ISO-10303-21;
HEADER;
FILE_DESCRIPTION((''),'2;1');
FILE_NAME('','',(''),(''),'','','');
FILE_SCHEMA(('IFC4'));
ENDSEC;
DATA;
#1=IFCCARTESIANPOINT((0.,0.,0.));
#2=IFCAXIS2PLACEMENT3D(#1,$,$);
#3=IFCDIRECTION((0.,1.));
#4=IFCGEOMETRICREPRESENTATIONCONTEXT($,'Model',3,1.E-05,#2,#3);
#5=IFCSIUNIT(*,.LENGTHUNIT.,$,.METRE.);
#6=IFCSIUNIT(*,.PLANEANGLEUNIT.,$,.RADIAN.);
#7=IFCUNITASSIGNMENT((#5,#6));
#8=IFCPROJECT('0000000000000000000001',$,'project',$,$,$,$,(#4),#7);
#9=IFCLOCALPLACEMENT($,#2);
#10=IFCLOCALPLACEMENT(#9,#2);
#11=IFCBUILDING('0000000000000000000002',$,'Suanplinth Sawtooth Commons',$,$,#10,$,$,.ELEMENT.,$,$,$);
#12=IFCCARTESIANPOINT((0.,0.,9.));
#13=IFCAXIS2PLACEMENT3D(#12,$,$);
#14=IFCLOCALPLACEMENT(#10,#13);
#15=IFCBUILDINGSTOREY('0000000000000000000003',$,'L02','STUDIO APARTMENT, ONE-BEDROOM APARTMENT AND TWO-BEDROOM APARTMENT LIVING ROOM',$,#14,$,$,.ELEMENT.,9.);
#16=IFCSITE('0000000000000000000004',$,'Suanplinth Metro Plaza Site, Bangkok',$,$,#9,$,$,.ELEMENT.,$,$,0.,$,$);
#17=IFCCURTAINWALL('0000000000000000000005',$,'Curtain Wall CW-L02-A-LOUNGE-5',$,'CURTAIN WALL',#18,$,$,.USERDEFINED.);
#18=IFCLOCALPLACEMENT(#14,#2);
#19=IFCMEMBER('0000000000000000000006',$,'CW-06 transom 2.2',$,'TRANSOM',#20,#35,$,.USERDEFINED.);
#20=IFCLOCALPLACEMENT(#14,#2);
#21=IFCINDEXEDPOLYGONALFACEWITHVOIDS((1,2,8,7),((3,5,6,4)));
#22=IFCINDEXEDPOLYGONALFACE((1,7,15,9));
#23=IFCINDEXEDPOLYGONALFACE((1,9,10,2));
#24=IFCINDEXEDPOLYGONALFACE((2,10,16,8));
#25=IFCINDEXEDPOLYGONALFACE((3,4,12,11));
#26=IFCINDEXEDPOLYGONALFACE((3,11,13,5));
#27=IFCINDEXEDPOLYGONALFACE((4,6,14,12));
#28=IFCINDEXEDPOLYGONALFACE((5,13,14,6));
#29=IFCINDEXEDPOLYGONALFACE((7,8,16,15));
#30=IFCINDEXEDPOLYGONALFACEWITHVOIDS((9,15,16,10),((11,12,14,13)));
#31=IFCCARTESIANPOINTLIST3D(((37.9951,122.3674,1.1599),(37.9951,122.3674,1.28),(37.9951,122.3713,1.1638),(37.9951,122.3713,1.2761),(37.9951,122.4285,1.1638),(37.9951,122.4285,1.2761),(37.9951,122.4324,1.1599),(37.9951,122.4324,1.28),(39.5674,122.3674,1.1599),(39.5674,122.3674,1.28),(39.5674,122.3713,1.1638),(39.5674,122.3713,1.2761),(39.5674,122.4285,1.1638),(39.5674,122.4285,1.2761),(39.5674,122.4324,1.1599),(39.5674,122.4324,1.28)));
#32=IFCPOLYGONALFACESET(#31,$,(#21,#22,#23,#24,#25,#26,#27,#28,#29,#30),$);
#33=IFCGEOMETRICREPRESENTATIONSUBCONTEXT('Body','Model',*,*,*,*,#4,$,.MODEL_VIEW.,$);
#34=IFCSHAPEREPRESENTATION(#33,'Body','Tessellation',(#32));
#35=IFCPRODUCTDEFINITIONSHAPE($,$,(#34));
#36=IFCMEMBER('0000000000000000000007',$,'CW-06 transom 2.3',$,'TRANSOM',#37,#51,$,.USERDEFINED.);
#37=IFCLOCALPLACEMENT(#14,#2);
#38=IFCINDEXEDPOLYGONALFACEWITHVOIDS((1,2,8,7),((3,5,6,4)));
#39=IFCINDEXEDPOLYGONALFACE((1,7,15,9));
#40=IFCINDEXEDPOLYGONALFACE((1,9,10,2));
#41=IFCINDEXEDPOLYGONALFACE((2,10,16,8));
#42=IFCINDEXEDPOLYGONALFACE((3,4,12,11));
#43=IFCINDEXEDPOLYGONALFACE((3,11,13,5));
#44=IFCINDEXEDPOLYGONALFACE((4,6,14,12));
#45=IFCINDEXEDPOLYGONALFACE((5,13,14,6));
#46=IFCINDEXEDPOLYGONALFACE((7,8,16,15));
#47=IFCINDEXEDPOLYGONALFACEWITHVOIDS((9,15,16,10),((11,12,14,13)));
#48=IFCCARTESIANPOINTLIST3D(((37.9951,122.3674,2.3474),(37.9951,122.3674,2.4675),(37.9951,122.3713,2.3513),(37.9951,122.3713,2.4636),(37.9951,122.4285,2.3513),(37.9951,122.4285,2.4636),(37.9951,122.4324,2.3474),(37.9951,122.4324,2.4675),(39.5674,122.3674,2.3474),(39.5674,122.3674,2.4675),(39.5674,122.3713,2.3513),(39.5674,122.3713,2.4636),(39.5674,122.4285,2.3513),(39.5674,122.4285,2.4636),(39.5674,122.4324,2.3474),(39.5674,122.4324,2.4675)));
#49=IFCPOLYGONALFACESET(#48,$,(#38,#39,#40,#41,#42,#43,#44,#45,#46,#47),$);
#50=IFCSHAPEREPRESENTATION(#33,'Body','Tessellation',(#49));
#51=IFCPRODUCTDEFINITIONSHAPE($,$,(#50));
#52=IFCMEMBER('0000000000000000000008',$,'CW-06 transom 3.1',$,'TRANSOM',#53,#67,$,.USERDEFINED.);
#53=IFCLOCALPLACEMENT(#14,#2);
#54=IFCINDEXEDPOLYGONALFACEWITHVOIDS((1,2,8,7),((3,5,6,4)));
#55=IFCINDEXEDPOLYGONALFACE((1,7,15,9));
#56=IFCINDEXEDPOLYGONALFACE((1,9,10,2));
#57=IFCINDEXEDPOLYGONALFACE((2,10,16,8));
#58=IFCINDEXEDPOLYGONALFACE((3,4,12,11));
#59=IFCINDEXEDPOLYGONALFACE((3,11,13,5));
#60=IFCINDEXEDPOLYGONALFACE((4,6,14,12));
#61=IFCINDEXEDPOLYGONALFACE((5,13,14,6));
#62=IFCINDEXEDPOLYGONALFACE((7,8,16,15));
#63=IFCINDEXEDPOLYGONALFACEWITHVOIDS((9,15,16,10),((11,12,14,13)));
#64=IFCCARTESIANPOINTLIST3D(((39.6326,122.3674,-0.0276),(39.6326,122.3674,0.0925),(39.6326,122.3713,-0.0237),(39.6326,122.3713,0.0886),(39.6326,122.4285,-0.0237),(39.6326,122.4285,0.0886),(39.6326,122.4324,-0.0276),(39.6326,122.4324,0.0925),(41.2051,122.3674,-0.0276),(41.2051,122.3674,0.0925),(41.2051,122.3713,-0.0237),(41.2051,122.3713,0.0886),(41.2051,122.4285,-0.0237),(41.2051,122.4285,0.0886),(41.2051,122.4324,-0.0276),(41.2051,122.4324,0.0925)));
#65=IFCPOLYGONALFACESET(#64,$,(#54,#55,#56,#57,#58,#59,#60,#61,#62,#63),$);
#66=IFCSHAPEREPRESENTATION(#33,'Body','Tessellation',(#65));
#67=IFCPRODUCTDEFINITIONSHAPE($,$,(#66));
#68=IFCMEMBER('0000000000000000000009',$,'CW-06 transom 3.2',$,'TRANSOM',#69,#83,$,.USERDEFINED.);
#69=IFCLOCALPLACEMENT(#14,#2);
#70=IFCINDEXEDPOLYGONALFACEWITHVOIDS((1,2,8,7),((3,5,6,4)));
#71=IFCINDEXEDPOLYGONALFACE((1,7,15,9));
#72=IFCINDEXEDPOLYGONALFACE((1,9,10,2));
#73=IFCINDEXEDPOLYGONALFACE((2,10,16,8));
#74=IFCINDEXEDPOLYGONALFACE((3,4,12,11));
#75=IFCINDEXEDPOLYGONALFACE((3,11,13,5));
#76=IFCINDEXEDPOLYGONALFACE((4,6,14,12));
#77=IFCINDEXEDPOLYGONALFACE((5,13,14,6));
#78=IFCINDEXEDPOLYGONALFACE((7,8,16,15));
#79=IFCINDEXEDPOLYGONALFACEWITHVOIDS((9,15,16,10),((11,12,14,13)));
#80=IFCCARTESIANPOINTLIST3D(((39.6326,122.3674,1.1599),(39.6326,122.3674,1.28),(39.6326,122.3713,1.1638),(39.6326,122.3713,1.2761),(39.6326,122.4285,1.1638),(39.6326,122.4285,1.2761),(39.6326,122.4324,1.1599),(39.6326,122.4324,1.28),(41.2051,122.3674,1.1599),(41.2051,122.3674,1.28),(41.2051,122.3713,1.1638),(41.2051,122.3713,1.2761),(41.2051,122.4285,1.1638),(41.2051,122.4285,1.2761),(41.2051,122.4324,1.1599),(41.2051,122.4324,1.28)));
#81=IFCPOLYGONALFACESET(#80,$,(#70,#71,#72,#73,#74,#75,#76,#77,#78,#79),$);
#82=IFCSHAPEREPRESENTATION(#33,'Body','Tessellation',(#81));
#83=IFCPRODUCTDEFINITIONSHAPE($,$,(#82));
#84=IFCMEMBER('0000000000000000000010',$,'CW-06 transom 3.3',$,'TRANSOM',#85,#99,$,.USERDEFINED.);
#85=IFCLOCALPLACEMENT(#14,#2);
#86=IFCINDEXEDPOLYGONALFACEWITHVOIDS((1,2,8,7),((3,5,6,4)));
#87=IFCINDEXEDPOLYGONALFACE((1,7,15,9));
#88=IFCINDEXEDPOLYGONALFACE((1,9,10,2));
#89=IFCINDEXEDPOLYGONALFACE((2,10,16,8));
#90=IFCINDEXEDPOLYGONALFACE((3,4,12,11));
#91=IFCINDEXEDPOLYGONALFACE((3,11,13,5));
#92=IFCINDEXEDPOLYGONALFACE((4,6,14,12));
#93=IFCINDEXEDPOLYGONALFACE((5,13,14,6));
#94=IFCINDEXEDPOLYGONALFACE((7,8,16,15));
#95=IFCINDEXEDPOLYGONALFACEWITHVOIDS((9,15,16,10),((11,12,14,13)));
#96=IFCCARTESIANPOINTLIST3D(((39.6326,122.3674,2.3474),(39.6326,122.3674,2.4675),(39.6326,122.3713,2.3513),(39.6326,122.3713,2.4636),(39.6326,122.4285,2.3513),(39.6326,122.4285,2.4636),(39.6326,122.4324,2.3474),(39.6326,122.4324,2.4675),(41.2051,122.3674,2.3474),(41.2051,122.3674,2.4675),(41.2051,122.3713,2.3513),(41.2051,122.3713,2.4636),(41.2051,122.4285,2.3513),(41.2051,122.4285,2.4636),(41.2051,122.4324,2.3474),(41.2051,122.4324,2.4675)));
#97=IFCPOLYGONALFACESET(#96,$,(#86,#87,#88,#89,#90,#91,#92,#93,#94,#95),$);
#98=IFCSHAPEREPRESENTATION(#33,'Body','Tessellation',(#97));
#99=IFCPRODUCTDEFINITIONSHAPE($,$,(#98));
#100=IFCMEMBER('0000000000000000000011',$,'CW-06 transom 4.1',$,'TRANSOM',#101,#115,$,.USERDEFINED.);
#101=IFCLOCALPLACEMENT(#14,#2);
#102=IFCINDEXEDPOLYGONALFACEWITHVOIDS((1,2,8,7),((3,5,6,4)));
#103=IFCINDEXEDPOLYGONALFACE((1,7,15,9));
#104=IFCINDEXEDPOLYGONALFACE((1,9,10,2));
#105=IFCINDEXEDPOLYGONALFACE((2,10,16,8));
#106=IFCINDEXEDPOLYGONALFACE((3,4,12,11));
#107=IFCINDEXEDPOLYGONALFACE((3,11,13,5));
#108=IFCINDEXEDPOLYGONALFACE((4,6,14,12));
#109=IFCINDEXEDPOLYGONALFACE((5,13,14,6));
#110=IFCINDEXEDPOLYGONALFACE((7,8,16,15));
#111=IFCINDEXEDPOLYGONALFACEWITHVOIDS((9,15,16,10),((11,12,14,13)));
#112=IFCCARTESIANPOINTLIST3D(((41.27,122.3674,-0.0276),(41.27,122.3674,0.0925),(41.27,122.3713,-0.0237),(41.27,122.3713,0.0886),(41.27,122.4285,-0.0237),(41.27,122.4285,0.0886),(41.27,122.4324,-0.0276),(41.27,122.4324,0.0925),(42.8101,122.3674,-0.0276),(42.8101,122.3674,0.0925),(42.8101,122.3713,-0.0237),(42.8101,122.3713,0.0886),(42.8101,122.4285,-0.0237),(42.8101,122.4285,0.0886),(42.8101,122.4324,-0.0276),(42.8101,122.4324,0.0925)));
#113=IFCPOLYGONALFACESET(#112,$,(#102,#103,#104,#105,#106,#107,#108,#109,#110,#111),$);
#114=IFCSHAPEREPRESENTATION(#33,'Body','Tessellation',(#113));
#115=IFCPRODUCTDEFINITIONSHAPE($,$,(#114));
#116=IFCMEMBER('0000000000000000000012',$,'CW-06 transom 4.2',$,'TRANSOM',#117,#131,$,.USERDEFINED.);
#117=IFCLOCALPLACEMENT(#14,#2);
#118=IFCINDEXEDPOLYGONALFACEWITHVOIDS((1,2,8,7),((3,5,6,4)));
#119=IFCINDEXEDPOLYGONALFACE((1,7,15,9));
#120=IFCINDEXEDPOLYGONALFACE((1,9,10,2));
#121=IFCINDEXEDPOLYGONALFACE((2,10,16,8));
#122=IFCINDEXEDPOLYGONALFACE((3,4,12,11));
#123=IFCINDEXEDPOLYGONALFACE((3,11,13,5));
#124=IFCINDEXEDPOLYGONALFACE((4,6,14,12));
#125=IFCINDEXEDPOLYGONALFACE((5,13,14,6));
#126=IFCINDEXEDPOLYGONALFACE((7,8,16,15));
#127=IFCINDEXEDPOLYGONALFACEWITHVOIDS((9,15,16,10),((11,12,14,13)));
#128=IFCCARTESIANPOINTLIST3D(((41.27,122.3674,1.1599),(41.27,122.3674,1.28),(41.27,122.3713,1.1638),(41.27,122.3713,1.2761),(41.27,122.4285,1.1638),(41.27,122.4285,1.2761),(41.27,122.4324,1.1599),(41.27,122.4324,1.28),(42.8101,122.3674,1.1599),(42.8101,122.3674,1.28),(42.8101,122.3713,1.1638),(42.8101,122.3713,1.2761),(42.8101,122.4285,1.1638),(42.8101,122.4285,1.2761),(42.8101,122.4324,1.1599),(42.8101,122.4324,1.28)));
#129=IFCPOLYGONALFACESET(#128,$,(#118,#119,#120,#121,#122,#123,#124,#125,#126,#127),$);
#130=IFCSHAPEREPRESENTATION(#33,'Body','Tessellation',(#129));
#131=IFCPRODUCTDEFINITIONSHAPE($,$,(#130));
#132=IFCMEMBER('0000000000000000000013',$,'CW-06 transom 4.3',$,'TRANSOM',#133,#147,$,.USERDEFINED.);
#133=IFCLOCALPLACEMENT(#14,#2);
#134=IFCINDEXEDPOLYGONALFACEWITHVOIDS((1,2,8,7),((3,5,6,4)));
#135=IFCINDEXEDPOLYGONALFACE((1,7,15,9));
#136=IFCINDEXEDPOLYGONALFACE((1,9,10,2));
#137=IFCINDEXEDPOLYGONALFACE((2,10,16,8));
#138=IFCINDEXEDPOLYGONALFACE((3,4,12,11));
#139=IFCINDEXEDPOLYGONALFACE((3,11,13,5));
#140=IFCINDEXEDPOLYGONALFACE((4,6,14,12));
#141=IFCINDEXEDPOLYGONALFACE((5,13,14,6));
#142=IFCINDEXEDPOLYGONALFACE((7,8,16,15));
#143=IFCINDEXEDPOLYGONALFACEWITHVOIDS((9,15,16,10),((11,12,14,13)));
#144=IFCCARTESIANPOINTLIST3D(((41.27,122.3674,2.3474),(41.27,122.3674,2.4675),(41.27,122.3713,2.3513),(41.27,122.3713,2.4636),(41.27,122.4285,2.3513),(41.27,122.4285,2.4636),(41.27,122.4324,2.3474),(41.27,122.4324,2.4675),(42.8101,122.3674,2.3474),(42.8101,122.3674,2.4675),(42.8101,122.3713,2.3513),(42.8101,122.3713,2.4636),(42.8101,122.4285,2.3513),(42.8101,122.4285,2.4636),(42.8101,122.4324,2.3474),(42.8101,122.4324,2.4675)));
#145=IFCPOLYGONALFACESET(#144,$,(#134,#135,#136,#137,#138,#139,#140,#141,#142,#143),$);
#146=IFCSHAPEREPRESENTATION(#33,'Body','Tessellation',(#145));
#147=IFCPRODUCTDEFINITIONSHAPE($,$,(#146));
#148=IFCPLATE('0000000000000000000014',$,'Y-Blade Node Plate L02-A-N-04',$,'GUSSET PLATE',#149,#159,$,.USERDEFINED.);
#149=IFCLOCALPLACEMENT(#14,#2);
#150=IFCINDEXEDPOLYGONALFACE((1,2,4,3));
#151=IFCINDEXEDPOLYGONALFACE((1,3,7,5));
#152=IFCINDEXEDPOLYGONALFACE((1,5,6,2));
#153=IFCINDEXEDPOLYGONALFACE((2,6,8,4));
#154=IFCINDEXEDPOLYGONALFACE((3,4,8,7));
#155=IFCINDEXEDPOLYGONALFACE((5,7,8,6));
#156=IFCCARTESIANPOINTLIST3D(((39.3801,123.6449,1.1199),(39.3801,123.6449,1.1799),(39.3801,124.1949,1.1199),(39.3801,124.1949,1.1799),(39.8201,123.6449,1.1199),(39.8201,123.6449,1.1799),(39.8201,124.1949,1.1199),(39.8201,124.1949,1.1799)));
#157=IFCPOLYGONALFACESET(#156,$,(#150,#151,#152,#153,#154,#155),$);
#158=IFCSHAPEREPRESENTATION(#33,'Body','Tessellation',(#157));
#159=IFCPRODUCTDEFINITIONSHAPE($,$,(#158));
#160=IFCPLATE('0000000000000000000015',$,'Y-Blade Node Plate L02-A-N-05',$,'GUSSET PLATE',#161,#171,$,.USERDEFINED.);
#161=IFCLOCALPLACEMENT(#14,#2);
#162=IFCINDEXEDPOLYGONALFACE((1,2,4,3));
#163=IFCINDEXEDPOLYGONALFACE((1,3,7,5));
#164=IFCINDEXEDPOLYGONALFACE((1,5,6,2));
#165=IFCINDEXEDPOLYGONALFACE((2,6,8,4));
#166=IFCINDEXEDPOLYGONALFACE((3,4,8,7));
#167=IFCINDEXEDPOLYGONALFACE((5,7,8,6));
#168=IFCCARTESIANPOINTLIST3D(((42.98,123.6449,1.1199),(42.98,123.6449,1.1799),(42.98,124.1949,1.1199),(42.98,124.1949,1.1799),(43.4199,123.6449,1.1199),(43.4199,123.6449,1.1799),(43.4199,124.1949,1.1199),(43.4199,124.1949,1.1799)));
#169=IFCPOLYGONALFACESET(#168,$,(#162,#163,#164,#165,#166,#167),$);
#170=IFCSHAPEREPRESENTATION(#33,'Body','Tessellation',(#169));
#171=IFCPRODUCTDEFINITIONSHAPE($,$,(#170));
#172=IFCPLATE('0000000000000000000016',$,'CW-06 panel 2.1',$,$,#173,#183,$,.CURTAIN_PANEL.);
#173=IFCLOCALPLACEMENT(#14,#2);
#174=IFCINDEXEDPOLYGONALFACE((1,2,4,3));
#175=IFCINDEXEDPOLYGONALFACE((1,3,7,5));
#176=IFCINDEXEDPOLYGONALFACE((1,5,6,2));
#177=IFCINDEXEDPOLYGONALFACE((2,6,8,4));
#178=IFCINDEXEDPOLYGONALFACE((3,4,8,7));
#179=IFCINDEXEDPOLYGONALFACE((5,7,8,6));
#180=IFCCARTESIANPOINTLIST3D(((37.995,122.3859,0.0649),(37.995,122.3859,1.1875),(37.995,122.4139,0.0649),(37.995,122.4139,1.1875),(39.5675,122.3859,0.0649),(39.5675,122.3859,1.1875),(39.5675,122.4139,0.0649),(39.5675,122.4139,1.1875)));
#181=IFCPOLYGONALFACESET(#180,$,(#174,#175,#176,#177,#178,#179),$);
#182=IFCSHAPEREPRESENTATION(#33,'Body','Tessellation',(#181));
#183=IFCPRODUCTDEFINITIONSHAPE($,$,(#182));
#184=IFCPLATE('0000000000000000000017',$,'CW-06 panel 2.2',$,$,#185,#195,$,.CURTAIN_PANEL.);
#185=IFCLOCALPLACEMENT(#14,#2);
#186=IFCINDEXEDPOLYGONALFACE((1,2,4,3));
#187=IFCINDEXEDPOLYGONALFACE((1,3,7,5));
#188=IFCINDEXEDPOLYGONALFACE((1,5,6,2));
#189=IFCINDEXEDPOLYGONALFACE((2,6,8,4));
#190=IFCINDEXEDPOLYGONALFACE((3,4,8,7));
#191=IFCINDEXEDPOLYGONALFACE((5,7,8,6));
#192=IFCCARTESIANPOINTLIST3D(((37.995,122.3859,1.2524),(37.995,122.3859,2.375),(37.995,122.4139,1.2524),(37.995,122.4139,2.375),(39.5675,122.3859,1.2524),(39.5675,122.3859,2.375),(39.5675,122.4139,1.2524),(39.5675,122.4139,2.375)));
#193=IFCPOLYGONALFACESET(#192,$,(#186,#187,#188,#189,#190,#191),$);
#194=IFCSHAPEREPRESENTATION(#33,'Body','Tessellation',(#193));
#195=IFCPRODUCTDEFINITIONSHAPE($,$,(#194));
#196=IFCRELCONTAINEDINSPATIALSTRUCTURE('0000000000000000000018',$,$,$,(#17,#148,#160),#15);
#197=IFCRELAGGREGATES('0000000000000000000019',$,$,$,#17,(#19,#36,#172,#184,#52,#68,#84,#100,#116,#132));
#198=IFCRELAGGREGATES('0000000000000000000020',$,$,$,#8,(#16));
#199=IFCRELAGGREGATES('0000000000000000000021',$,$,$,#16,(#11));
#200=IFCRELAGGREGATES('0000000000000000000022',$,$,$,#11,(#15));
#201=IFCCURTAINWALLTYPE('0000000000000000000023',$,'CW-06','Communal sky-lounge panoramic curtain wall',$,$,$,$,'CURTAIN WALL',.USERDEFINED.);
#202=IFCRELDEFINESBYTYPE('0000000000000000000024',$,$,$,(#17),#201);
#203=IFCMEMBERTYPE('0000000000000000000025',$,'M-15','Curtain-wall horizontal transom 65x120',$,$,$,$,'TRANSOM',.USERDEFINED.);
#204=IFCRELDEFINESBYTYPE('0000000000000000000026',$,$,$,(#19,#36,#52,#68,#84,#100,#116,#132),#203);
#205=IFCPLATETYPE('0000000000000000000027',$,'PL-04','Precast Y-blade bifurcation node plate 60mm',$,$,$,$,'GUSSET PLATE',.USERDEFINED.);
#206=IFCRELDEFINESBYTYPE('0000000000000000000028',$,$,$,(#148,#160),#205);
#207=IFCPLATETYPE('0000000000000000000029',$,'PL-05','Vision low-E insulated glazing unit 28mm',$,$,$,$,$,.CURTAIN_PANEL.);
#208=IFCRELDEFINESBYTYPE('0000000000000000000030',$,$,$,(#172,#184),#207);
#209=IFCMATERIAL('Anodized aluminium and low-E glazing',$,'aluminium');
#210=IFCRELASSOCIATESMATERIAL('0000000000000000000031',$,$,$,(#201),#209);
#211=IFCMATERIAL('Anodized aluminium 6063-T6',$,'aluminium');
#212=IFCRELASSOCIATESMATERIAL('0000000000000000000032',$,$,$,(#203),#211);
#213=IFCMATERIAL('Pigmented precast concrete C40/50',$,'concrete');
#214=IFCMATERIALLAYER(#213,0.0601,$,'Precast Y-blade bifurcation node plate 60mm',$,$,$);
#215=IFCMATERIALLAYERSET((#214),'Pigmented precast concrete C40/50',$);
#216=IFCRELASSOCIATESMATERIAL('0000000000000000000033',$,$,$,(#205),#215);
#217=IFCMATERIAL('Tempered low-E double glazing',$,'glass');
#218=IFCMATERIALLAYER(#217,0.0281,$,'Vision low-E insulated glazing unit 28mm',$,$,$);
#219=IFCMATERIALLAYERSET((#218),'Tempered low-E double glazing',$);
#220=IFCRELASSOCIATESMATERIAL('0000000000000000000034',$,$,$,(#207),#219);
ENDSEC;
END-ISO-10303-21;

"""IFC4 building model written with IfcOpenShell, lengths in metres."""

from ifc_helpers import new_model, si_unit, direction, frame, origin, origin_2d, place, context, subcontext, project, spatial, rectangle, hollow_rectangle, extrude, material, layer, layer_set, material_profile, profile_set, type_object, element, aggregate, save


model = new_model("IFC4")

# Units and contexts
model_context = context("Model", 3, precision=1e-05, world=origin(), true_north=direction((0.0, 1.0)))
body_context = subcontext(model_context, "Body", "Model", "MODEL_VIEW")
ifc_project = project(units=[si_unit("LENGTHUNIT", "METRE"), si_unit("PLANEANGLEUNIT", "RADIAN")], contexts=[model_context])

# Site, building, storey
site_placement = place(None, origin())
site = spatial("IfcSite", under=ifc_project, at=site_placement, Name="Suanplinth Metro Plaza Site, Bangkok", CompositionType="ELEMENT", RefElevation=0.0)
building_placement = place(site_placement, origin())
building = spatial("IfcBuilding", under=site, at=building_placement, Name="Suanplinth Sawtooth Commons", CompositionType="ELEMENT")
storey_placement = place(building_placement, frame((0.0, 0.0, 9.0)))
storey = spatial("IfcBuildingStorey", under=building, at=storey_placement, Name="L02", Description="STUDIO APARTMENT, ONE-BEDROOM APARTMENT AND TWO-BEDROOM APARTMENT LIVING ROOM", CompositionType="ELEMENT", Elevation=9.0)

# Shared definitions
ifc_material_1 = material(Name="Pigmented precast concrete C40/50", Category="concrete")

# Curtain wall, members
ifc_material_2 = material(Name="Anodized aluminium and low-E glazing", Category="aluminium")
curtain_wall_type = type_object("IfcCurtainWallType", Name="CW-06", Description="Communal sky-lounge panoramic curtain wall", ElementType="CURTAIN WALL", PredefinedType="USERDEFINED", material=ifc_material_2)
curtain_wall_placement = place(storey_placement, origin())
curtain_wall = element("IfcCurtainWall", 1, at=curtain_wall_placement, inside=storey, type_object=curtain_wall_type, Name="Curtain Wall CW-L02-A-LOUNGE-5", ObjectType="CURTAIN WALL", PredefinedType="USERDEFINED")
ifc_material_3 = material(Name="Anodized aluminium 6063-T6", Category="aluminium")
ifc_material_profile_1 = material_profile(ifc_material_3, hollow_rectangle(XDim=0.0649, YDim=0.1201, WallThickness=0.0039, at=origin_2d()), Name="ALU-TRN 65x120")
ifc_profile_set_1 = profile_set([ifc_material_profile_1], Name="Anodized aluminium 6063-T6")
member_type_1 = type_object("IfcMemberType", Name="M-15", Description="Curtain-wall horizontal transom 65x120", ElementType="TRANSOM", PredefinedType="USERDEFINED", material=ifc_profile_set_1)
member_1_placement = place(storey_placement, frame((37.9951, 122.3999, 1.22), z_axis=(1.0, 0.0, 0.0), x_axis=(0.0, 1.0, 0.0)))
member_1 = element("IfcMember", 2, at=member_1_placement, type_object=member_type_1, Name="CW-06 transom 2.2", ObjectType="TRANSOM", PredefinedType="USERDEFINED", context=body_context, shape_type="SweptSolid", body=[
    extrude(hollow_rectangle(XDim=0.0649, YDim=0.1201, WallThickness=0.0039, at=origin_2d()), origin(), (0.0, 0.0, 1.0), 1.5723),
])
member_2_placement = place(storey_placement, frame((37.9951, 122.3999, 2.4075), z_axis=(1.0, 0.0, 0.0), x_axis=(0.0, 1.0, 0.0)))
member_2 = element("IfcMember", 3, at=member_2_placement, type_object=member_type_1, Name="CW-06 transom 2.3", ObjectType="TRANSOM", PredefinedType="USERDEFINED", context=body_context, shape_type="SweptSolid", body=[
    extrude(hollow_rectangle(XDim=0.0649, YDim=0.1201, WallThickness=0.0039, at=origin_2d()), origin(), (0.0, 0.0, 1.0), 1.5723),
])
member_3_placement = place(storey_placement, frame((39.6326, 122.3999, 0.0325), z_axis=(1.0, 0.0, 0.0), x_axis=(0.0, 1.0, 0.0)))
member_3 = element("IfcMember", 4, at=member_3_placement, type_object=member_type_1, Name="CW-06 transom 3.1", ObjectType="TRANSOM", PredefinedType="USERDEFINED", context=body_context, shape_type="SweptSolid", body=[
    extrude(hollow_rectangle(XDim=0.0649, YDim=0.1201, WallThickness=0.0039, at=origin_2d()), origin(), (0.0, 0.0, 1.0), 1.5725),
])
member_4_placement = place(storey_placement, frame((39.6326, 122.3999, 1.22), z_axis=(1.0, 0.0, 0.0), x_axis=(0.0, 1.0, 0.0)))
member_4 = element("IfcMember", 5, at=member_4_placement, type_object=member_type_1, Name="CW-06 transom 3.2", ObjectType="TRANSOM", PredefinedType="USERDEFINED", context=body_context, shape_type="SweptSolid", body=[
    extrude(hollow_rectangle(XDim=0.0649, YDim=0.1201, WallThickness=0.0039, at=origin_2d()), origin(), (0.0, 0.0, 1.0), 1.5725),
])
member_5_placement = place(storey_placement, frame((39.6326, 122.3999, 2.4075), z_axis=(1.0, 0.0, 0.0), x_axis=(0.0, 1.0, 0.0)))
member_5 = element("IfcMember", 6, at=member_5_placement, type_object=member_type_1, Name="CW-06 transom 3.3", ObjectType="TRANSOM", PredefinedType="USERDEFINED", context=body_context, shape_type="SweptSolid", body=[
    extrude(hollow_rectangle(XDim=0.0649, YDim=0.1201, WallThickness=0.0039, at=origin_2d()), origin(), (0.0, 0.0, 1.0), 1.5725),
])
member_6_placement = place(storey_placement, frame((41.27, 122.3999, 0.0325), z_axis=(1.0, 0.0, 0.0), x_axis=(0.0, 1.0, 0.0)))
member_6 = element("IfcMember", 7, at=member_6_placement, type_object=member_type_1, Name="CW-06 transom 4.1", ObjectType="TRANSOM", PredefinedType="USERDEFINED", context=body_context, shape_type="SweptSolid", body=[
    extrude(hollow_rectangle(XDim=0.0649, YDim=0.1201, WallThickness=0.0039, at=origin_2d()), origin(), (0.0, 0.0, 1.0), 1.54),
])
member_7_placement = place(storey_placement, frame((41.27, 122.3999, 1.22), z_axis=(1.0, 0.0, 0.0), x_axis=(0.0, 1.0, 0.0)))
member_7 = element("IfcMember", 8, at=member_7_placement, type_object=member_type_1, Name="CW-06 transom 4.2", ObjectType="TRANSOM", PredefinedType="USERDEFINED", context=body_context, shape_type="SweptSolid", body=[
    extrude(hollow_rectangle(XDim=0.0649, YDim=0.1201, WallThickness=0.0039, at=origin_2d()), origin(), (0.0, 0.0, 1.0), 1.54),
])
member_8_placement = place(storey_placement, frame((41.27, 122.3999, 2.4075), z_axis=(1.0, 0.0, 0.0), x_axis=(0.0, 1.0, 0.0)))
member_8 = element("IfcMember", 9, at=member_8_placement, type_object=member_type_1, Name="CW-06 transom 4.3", ObjectType="TRANSOM", PredefinedType="USERDEFINED", context=body_context, shape_type="SweptSolid", body=[
    extrude(hollow_rectangle(XDim=0.0649, YDim=0.1201, WallThickness=0.0039, at=origin_2d()), origin(), (0.0, 0.0, 1.0), 1.54),
])

# Plates
ifc_layer_1 = layer(ifc_material_1, 0.0601, Name="Precast Y-blade bifurcation node plate 60mm")
ifc_layer_set_1 = layer_set([ifc_layer_1], Name="Pigmented precast concrete C40/50")
plate_type_1 = type_object("IfcPlateType", Name="PL-04", Description="Precast Y-blade bifurcation node plate 60mm", ElementType="GUSSET PLATE", PredefinedType="USERDEFINED", material=ifc_layer_set_1)
for number, where, z_axis, x_axis, name in (
    (10, (39.6001, 123.9199, 1.1199), (0.0, 0.0, 1.0), (1.0, 0.0, 0.0), "Y-Blade Node Plate L02-A-N-04"),
    (11, (43.2, 123.9199, 1.1199), (0.0, 0.0, 1.0), (1.0, 0.0, 0.0), "Y-Blade Node Plate L02-A-N-05"),
):
    element("IfcPlate", number, at=place(storey_placement, frame(where, z_axis=z_axis, x_axis=x_axis)), inside=storey, type_object=plate_type_1, Name=name, ObjectType="GUSSET PLATE", PredefinedType="USERDEFINED", context=body_context, shape_type="SweptSolid", body=[
        extrude(rectangle(XDim=0.4399, YDim=0.55, at=origin_2d()), origin(), (0.0, 0.0, 1.0), 0.0601),
    ])

# Plates
ifc_material_4 = material(Name="Tempered low-E double glazing", Category="glass")
ifc_layer_2 = layer(ifc_material_4, 0.0281, Name="Vision low-E insulated glazing unit 28mm")
ifc_layer_set_2 = layer_set([ifc_layer_2], Name="Tempered low-E double glazing")
plate_type_2 = type_object("IfcPlateType", Name="PL-05", Description="Vision low-E insulated glazing unit 28mm", PredefinedType="CURTAIN_PANEL", material=ifc_layer_set_2)
plate_1_placement = place(storey_placement, frame((38.7812, 122.3999, 0.0649), z_axis=(0.0, 0.0, 1.0), x_axis=(1.0, 0.0, 0.0)))
plate_1 = element("IfcPlate", 12, at=plate_1_placement, type_object=plate_type_2, Name="CW-06 panel 2.1", PredefinedType="CURTAIN_PANEL", context=body_context, shape_type="SweptSolid", body=[
    extrude(rectangle(XDim=1.5725, YDim=0.0281, at=origin_2d()), origin(), (0.0, 0.0, 1.0), 1.1226),
])
plate_2_placement = place(storey_placement, frame((38.7812, 122.3999, 1.2524), z_axis=(0.0, 0.0, 1.0), x_axis=(1.0, 0.0, 0.0)))
plate_2 = element("IfcPlate", 13, at=plate_2_placement, type_object=plate_type_2, Name="CW-06 panel 2.2", PredefinedType="CURTAIN_PANEL", context=body_context, shape_type="SweptSolid", body=[
    extrude(rectangle(XDim=1.5725, YDim=0.0281, at=origin_2d()), origin(), (0.0, 0.0, 1.0), 1.1226),
])
aggregate(curtain_wall, [member_1, member_2, plate_1, plate_2, member_3, member_4, member_5, member_6, member_7, member_8])

save(model, "model.ifc")
